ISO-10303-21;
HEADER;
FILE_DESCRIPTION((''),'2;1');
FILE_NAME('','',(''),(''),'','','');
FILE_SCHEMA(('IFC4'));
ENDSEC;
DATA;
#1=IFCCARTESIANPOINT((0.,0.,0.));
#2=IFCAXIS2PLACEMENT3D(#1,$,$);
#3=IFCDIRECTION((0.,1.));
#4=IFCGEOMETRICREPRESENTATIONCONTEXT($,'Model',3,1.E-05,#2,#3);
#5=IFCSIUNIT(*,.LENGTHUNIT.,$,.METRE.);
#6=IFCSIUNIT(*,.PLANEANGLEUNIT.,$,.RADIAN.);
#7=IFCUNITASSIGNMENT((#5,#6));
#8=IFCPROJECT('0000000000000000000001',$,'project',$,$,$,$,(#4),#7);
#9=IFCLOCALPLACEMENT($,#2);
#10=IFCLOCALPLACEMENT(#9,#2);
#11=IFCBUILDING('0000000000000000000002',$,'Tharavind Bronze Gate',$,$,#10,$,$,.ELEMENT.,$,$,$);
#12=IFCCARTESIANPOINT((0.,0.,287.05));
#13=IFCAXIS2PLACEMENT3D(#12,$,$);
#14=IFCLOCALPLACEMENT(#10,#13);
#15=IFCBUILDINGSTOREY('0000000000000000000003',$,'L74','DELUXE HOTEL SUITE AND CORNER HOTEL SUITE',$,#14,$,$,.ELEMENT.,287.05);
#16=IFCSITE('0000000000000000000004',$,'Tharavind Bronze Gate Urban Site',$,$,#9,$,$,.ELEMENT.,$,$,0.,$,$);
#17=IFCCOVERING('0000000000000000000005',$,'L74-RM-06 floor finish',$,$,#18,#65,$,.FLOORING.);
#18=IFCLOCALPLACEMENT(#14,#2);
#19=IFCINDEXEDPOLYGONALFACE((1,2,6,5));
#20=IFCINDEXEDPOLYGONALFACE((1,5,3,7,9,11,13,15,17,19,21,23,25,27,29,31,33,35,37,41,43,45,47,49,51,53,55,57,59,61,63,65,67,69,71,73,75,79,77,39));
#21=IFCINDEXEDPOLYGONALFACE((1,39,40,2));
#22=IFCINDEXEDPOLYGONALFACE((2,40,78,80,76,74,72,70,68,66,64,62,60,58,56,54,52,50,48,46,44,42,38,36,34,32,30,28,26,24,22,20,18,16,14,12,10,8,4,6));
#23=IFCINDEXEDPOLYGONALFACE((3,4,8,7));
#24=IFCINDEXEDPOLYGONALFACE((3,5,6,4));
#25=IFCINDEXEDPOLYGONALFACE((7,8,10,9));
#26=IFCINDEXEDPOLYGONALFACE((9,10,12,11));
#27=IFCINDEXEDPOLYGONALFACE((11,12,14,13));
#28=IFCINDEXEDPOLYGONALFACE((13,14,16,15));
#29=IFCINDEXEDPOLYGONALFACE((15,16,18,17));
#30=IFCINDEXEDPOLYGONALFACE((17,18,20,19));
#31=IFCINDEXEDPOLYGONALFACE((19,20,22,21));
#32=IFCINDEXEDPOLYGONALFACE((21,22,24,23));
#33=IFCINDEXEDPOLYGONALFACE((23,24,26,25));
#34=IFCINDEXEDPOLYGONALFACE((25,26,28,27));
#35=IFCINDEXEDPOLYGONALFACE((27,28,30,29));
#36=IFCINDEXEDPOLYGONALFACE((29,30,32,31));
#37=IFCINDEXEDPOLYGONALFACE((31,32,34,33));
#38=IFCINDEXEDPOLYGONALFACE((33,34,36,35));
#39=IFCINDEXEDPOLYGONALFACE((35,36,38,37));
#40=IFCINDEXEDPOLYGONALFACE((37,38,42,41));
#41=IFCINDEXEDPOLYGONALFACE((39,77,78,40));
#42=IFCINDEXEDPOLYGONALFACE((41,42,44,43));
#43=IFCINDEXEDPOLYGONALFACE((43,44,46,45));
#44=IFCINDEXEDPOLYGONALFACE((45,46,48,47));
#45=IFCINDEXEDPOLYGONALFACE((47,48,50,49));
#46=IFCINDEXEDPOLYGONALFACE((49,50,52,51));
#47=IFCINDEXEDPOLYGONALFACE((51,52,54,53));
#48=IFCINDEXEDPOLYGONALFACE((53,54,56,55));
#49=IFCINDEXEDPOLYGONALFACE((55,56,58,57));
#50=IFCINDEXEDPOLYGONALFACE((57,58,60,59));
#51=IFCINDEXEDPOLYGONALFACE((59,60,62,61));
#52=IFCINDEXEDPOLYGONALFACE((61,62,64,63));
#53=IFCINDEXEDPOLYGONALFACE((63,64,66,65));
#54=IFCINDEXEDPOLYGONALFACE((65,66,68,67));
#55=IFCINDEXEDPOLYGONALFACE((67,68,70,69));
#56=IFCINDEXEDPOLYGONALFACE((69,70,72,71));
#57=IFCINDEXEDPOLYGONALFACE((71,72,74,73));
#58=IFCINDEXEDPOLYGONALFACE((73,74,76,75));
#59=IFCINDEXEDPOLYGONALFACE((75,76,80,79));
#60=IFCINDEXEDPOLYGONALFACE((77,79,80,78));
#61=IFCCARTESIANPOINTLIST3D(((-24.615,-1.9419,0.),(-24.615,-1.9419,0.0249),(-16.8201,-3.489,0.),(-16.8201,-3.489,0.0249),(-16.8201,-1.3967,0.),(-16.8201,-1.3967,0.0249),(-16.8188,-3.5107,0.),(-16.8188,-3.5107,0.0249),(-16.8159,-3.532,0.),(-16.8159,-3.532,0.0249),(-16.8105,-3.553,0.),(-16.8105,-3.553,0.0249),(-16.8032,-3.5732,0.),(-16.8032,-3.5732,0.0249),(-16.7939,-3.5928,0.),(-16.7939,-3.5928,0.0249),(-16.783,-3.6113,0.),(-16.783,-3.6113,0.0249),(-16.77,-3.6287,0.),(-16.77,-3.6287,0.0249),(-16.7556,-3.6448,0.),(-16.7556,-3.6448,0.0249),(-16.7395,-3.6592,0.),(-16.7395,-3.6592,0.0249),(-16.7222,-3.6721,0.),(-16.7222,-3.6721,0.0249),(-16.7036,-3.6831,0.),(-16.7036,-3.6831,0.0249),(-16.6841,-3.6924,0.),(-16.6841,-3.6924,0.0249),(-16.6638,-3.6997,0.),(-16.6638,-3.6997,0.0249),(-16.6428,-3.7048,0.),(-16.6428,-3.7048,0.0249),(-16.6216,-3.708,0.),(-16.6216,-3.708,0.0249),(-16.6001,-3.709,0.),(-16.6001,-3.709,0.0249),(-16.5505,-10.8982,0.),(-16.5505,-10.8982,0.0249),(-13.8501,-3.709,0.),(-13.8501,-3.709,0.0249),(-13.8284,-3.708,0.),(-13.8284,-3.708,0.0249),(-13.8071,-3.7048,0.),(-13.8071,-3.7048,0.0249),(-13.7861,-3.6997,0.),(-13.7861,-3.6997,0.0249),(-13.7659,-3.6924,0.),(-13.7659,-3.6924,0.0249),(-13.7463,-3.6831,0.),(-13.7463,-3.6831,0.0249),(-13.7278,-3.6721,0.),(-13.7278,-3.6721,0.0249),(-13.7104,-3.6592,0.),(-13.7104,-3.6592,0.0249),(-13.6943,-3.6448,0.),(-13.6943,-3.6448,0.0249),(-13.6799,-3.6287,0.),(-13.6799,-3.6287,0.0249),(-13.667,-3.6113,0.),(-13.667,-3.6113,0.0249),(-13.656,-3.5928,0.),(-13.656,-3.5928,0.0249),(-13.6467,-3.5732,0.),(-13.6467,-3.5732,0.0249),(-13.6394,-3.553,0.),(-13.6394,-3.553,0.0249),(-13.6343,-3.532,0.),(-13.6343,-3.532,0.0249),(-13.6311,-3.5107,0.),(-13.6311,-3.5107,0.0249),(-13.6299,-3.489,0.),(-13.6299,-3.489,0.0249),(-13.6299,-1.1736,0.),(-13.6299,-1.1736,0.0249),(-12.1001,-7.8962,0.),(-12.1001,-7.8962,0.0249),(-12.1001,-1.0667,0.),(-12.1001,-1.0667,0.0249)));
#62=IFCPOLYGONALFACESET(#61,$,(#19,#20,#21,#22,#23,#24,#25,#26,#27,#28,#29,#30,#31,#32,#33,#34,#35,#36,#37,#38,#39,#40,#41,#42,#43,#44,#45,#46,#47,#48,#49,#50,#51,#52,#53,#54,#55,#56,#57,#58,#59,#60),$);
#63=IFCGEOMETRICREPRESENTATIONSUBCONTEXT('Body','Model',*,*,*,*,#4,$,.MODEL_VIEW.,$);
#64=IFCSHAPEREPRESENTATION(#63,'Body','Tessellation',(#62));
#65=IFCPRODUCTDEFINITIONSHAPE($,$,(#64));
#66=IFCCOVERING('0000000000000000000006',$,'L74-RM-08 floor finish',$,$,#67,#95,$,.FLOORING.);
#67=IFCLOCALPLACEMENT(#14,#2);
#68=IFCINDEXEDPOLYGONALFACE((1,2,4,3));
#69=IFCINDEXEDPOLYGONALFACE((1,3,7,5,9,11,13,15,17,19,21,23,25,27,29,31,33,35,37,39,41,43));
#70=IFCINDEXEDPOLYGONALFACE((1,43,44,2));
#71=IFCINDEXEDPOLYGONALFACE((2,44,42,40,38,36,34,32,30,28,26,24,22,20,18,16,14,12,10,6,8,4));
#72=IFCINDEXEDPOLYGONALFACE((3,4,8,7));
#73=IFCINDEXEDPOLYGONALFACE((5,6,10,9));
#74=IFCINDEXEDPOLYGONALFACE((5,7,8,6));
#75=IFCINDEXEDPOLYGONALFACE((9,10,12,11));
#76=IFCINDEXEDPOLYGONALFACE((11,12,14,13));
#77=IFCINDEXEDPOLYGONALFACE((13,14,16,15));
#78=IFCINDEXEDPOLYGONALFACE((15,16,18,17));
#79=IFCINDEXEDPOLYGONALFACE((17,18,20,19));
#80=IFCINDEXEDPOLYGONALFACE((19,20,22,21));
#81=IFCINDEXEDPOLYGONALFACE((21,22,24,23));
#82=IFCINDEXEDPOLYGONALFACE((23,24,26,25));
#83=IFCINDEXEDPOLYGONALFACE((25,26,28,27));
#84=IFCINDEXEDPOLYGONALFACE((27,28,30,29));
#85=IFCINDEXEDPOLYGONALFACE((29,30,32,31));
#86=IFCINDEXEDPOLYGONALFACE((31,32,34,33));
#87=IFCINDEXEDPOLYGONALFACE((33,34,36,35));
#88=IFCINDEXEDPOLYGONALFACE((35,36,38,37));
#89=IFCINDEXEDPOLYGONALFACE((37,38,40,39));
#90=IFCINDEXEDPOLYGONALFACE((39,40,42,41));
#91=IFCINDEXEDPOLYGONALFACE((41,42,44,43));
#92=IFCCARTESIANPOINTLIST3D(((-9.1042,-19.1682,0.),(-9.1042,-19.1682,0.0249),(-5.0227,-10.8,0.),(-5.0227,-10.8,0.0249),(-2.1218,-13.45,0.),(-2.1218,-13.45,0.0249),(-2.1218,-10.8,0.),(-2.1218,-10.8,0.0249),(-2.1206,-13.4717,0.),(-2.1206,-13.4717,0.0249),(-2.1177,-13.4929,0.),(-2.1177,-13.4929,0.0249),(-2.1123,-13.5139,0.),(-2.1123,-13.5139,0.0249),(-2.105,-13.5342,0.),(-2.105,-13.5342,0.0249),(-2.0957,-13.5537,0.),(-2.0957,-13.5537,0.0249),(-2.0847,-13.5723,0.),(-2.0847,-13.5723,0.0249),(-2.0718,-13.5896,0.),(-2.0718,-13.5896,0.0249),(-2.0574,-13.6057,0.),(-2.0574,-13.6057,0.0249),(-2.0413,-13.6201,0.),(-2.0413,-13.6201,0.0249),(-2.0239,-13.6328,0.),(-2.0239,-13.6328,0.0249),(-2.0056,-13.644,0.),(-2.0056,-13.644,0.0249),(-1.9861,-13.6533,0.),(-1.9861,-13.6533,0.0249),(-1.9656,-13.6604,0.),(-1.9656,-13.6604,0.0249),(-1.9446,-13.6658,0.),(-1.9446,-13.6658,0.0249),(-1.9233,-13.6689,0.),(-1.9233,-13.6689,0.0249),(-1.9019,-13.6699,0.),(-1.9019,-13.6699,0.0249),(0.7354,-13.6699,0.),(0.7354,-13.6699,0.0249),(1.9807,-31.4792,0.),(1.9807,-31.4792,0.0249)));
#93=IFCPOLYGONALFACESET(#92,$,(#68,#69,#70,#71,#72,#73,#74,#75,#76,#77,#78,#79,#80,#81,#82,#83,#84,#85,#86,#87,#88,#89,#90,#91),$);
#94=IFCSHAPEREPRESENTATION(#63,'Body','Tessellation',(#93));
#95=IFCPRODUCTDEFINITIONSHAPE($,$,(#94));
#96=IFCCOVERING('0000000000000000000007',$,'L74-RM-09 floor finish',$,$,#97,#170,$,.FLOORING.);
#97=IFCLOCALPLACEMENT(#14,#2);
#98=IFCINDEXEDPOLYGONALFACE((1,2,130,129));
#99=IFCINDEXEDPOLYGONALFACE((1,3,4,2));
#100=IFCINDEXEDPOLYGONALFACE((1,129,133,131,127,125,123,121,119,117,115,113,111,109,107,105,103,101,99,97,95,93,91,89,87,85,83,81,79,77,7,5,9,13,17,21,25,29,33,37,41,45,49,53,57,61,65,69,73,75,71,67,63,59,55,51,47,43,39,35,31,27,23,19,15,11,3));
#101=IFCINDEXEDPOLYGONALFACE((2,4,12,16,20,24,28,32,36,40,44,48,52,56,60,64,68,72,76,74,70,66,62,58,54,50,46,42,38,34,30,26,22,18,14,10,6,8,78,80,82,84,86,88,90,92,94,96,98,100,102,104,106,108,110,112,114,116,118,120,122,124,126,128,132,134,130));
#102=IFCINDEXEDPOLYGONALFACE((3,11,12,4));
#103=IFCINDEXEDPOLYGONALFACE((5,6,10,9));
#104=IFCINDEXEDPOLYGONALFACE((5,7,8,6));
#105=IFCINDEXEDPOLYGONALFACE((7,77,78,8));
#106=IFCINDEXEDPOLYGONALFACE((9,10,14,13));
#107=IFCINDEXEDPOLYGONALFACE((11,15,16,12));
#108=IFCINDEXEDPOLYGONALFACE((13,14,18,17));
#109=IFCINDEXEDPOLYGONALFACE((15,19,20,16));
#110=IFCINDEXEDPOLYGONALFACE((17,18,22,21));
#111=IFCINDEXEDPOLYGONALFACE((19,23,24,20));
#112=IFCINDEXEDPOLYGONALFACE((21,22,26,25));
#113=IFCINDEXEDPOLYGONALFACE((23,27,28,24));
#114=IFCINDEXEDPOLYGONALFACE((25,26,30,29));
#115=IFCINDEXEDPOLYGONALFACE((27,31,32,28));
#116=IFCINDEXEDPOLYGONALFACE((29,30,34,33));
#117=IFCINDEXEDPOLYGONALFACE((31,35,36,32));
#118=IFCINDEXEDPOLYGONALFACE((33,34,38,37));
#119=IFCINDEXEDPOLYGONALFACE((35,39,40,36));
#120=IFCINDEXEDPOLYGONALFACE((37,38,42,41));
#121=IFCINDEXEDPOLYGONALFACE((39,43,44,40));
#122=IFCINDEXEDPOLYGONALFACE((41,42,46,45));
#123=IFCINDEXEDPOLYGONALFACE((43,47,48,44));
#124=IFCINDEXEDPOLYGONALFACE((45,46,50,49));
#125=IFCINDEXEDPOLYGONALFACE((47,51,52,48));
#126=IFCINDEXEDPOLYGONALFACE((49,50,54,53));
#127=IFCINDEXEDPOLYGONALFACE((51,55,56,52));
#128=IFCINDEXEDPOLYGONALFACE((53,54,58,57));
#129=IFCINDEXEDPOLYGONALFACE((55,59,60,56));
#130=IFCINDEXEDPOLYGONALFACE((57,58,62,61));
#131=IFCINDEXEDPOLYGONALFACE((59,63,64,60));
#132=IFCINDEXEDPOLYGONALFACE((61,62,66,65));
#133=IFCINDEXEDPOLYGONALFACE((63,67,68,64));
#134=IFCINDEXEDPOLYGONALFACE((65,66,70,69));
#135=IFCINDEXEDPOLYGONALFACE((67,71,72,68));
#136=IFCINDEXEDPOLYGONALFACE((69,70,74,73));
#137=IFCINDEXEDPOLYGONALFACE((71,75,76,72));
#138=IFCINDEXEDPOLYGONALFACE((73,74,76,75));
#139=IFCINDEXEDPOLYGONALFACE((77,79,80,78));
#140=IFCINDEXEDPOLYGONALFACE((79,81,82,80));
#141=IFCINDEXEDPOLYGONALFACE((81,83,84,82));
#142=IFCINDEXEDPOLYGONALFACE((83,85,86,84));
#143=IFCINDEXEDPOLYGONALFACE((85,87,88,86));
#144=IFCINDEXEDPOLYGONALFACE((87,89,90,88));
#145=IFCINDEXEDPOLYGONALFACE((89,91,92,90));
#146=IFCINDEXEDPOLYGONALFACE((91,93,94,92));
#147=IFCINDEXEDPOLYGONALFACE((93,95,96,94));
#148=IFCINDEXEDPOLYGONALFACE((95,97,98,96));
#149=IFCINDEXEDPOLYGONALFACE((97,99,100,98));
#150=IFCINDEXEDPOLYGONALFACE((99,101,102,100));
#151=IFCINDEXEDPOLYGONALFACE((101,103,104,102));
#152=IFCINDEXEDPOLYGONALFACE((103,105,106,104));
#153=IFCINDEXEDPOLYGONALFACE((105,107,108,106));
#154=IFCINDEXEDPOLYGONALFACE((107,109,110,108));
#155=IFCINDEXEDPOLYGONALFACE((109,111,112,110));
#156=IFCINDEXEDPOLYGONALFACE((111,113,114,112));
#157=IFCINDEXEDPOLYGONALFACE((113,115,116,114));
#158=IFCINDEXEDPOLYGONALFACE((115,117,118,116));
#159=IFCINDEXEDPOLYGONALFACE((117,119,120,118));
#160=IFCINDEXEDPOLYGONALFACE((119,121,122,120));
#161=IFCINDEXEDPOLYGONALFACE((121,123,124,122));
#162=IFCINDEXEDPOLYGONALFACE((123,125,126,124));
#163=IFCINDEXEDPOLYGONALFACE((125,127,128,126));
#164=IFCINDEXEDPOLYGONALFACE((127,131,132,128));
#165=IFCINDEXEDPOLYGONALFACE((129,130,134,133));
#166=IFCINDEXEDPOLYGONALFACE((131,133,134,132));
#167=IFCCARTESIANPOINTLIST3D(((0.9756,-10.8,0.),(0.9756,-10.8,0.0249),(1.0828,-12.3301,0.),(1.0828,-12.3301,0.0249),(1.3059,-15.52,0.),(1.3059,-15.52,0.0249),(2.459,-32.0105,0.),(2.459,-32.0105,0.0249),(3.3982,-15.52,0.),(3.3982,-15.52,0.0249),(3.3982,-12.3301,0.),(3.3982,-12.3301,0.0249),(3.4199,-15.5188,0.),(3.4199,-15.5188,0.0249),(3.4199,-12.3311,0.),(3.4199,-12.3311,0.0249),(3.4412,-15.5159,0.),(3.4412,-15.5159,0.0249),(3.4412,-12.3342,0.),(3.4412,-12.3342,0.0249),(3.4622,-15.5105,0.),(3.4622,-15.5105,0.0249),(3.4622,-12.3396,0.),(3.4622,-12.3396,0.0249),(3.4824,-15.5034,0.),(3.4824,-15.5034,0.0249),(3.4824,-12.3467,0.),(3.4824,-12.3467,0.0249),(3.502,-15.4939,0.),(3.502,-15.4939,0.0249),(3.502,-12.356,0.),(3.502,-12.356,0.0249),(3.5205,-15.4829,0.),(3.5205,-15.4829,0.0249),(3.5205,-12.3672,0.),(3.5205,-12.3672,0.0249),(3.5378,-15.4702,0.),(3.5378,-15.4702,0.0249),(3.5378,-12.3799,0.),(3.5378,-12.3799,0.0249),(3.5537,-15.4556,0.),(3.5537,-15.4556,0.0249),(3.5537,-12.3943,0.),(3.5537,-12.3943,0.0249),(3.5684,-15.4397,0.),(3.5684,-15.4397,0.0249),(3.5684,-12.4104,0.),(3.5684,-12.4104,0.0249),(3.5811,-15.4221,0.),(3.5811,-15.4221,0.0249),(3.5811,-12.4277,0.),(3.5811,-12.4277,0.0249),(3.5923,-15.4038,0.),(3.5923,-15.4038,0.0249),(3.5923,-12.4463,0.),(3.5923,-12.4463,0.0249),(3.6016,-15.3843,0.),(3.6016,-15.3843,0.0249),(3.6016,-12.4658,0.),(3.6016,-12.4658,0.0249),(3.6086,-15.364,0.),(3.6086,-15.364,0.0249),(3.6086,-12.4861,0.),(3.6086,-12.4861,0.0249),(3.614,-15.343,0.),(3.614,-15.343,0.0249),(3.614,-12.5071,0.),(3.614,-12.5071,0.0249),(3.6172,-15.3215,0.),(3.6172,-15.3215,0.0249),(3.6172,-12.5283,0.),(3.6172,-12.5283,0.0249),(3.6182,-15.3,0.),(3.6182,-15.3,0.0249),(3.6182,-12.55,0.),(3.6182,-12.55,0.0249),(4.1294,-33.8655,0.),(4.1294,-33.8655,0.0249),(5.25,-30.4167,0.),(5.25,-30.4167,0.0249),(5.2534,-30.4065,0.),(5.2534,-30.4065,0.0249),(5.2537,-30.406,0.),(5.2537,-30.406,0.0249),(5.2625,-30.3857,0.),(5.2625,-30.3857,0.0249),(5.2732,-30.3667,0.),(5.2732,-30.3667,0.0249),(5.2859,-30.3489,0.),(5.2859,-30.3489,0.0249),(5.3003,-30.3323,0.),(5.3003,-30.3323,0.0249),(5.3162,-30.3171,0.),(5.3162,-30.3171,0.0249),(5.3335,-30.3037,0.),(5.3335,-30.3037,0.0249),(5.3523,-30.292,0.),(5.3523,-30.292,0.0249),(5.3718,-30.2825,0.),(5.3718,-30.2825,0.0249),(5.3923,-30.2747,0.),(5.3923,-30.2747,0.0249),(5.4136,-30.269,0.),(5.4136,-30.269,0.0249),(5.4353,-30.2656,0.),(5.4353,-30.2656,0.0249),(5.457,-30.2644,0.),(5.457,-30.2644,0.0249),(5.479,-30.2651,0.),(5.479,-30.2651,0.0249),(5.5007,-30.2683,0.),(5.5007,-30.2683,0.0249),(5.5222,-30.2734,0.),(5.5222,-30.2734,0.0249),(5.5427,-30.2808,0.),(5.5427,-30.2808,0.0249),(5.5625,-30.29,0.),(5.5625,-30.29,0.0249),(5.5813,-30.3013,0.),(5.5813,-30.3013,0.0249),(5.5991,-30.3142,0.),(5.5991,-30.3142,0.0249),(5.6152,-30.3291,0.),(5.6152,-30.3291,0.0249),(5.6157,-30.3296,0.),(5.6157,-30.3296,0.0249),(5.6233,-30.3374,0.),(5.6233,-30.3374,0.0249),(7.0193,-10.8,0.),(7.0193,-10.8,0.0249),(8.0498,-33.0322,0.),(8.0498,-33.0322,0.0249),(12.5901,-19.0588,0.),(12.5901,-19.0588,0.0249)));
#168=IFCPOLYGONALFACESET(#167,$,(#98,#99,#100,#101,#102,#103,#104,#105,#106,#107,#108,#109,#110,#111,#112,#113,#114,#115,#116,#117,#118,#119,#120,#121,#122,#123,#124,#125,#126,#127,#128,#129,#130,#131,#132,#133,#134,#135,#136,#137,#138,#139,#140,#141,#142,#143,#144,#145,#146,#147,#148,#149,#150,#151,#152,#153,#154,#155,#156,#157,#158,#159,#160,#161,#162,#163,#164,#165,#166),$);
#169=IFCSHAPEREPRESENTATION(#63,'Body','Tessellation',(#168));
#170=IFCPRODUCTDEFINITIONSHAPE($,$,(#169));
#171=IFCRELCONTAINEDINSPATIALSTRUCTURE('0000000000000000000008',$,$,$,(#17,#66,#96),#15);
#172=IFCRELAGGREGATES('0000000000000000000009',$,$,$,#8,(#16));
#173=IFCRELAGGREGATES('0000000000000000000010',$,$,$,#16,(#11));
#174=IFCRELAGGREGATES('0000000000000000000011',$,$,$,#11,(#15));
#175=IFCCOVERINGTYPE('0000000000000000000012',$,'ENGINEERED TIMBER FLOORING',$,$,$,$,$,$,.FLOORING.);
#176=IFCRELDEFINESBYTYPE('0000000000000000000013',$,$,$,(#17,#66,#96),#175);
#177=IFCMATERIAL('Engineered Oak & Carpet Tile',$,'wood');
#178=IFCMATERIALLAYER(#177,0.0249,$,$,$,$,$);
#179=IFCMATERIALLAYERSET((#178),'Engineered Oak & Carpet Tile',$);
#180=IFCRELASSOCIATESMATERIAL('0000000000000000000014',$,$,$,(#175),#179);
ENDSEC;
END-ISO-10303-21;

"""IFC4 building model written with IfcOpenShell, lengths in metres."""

from ifc_helpers import new_model, si_unit, direction, frame, origin, place, context, subcontext, project, spatial, polyline, outline, extrude, material, layer, layer_set, type_object, element, save


model = new_model("IFC4")

# Units and contexts
model_context = context("Model", 3, precision=1e-05, world=origin(), true_north=direction((0.0, 1.0)))
body_context = subcontext(model_context, "Body", "Model", "MODEL_VIEW")
ifc_project = project(units=[si_unit("LENGTHUNIT", "METRE"), si_unit("PLANEANGLEUNIT", "RADIAN")], contexts=[model_context])

# Site, building, storey
site_placement = place(None, origin())
site = spatial("IfcSite", under=ifc_project, at=site_placement, Name="Tharavind Bronze Gate Urban Site", CompositionType="ELEMENT", RefElevation=0.0)
building_placement = place(site_placement, origin())
building = spatial("IfcBuilding", under=site, at=building_placement, Name="Tharavind Bronze Gate", CompositionType="ELEMENT")
storey_placement = place(building_placement, frame((0.0, 0.0, 287.05)))
storey = spatial("IfcBuildingStorey", under=building, at=storey_placement, Name="L74", Description="DELUXE HOTEL SUITE AND CORNER HOTEL SUITE", CompositionType="ELEMENT", Elevation=287.05)

# Coverings
ifc_material_1 = material(Name="Engineered Oak & Carpet Tile", Category="wood")
ifc_layer_1 = layer(ifc_material_1, 0.0249)
ifc_layer_set_1 = layer_set([ifc_layer_1], Name="Engineered Oak & Carpet Tile")
covering_type_1 = type_object("IfcCoveringType", Name="ENGINEERED TIMBER FLOORING", PredefinedType="FLOORING", material=ifc_layer_set_1)
covering_1_placement = place(storey_placement, origin())
element("IfcCovering", 1, at=covering_1_placement, inside=storey, type_object=covering_type_1, Name="L74-RM-06 floor finish", PredefinedType="FLOORING", context=body_context, shape_type="SweptSolid", body=[
    extrude(outline(polyline([(-16.5505, -10.8982), (-12.1001, -7.8962), (-12.1001, -1.0667), (-13.6299, -1.1736), (-13.6299, -3.489), (-13.6311, -3.5107), (-13.6343, -3.532), (-13.6394, -3.553), (-13.6467, -3.5732), (-13.656, -3.5928), (-13.667, -3.6113), (-13.6799, -3.6287), (-13.6943, -3.6448), (-13.7104, -3.6592), (-13.7278, -3.6721), (-13.7463, -3.6831), (-13.7659, -3.6924), (-13.7861, -3.6997), (-13.8071, -3.7048), (-13.8284, -3.708), (-13.8501, -3.709), (-16.6001, -3.709), (-16.6216, -3.708), (-16.6428, -3.7048), (-16.6638, -3.6997), (-16.6841, -3.6924), (-16.7036, -3.6831), (-16.7222, -3.6721), (-16.7395, -3.6592), (-16.7556, -3.6448), (-16.77, -3.6287), (-16.783, -3.6113), (-16.7939, -3.5928), (-16.8032, -3.5732), (-16.8105, -3.553), (-16.8159, -3.532), (-16.8188, -3.5107), (-16.8201, -3.489), (-16.8201, -1.3967), (-24.615, -1.9419), (-16.5505, -10.8982)])), origin(), (0.0, 0.0, 1.0), 0.0249),
])
covering_2_placement = place(storey_placement, origin())
element("IfcCovering", 2, at=covering_2_placement, inside=storey, type_object=covering_type_1, Name="L74-RM-08 floor finish", PredefinedType="FLOORING", context=body_context, shape_type="SweptSolid", body=[
    extrude(outline(polyline([(1.9807, -31.4792), (0.7354, -13.6699), (-1.9019, -13.6699), (-1.9233, -13.6689), (-1.9446, -13.6658), (-1.9656, -13.6604), (-1.9861, -13.6533), (-2.0056, -13.644), (-2.0239, -13.6328), (-2.0413, -13.6201), (-2.0574, -13.6057), (-2.0718, -13.5896), (-2.0847, -13.5723), (-2.0957, -13.5537), (-2.105, -13.5342), (-2.1123, -13.5139), (-2.1177, -13.4929), (-2.1206, -13.4717), (-2.1218, -13.45), (-2.1218, -10.8), (-5.0227, -10.8), (-9.1042, -19.1682), (1.9807, -31.4792)])), origin(), (0.0, 0.0, 1.0), 0.0249),
])
covering_3_placement = place(storey_placement, origin())
element("IfcCovering", 3, at=covering_3_placement, inside=storey, type_object=covering_type_1, Name="L74-RM-09 floor finish", PredefinedType="FLOORING", context=body_context, shape_type="SweptSolid", body=[
    extrude(outline(polyline([(1.0828, -12.3301), (3.3982, -12.3301), (3.4199, -12.3311), (3.4412, -12.3342), (3.4622, -12.3396), (3.4824, -12.3467), (3.502, -12.356), (3.5205, -12.3672), (3.5378, -12.3799), (3.5537, -12.3943), (3.5684, -12.4104), (3.5811, -12.4277), (3.5923, -12.4463), (3.6016, -12.4658), (3.6086, -12.4861), (3.614, -12.5071), (3.6172, -12.5283), (3.6182, -12.55), (3.6182, -15.3), (3.6172, -15.3215), (3.614, -15.343), (3.6086, -15.364), (3.6016, -15.3843), (3.5923, -15.4038), (3.5811, -15.4221), (3.5684, -15.4397), (3.5537, -15.4556), (3.5378, -15.4702), (3.5205, -15.4829), (3.502, -15.4939), (3.4824, -15.5034), (3.4622, -15.5105), (3.4412, -15.5159), (3.4199, -15.5188), (3.3982, -15.52), (1.3059, -15.52), (2.459, -32.0105), (4.1294, -33.8655), (5.25, -30.4167), (5.2534, -30.4065), (5.2537, -30.406), (5.2625, -30.3857), (5.2732, -30.3667), (5.2859, -30.3489), (5.3003, -30.3323), (5.3162, -30.3171), (5.3335, -30.3037), (5.3523, -30.292), (5.3718, -30.2825), (5.3923, -30.2747), (5.4136, -30.269), (5.4353, -30.2656), (5.457, -30.2644), (5.479, -30.2651), (5.5007, -30.2683), (5.5222, -30.2734), (5.5427, -30.2808), (5.5625, -30.29), (5.5813, -30.3013), (5.5991, -30.3142), (5.6152, -30.3291), (5.6157, -30.3296), (5.6233, -30.3374), (8.0498, -33.0322), (12.5901, -19.0588), (7.0193, -10.8), (0.9756, -10.8), (1.0828, -12.3301)])), origin(), (0.0, 0.0, 1.0), 0.0249),
])

save(model, "model.ifc")
